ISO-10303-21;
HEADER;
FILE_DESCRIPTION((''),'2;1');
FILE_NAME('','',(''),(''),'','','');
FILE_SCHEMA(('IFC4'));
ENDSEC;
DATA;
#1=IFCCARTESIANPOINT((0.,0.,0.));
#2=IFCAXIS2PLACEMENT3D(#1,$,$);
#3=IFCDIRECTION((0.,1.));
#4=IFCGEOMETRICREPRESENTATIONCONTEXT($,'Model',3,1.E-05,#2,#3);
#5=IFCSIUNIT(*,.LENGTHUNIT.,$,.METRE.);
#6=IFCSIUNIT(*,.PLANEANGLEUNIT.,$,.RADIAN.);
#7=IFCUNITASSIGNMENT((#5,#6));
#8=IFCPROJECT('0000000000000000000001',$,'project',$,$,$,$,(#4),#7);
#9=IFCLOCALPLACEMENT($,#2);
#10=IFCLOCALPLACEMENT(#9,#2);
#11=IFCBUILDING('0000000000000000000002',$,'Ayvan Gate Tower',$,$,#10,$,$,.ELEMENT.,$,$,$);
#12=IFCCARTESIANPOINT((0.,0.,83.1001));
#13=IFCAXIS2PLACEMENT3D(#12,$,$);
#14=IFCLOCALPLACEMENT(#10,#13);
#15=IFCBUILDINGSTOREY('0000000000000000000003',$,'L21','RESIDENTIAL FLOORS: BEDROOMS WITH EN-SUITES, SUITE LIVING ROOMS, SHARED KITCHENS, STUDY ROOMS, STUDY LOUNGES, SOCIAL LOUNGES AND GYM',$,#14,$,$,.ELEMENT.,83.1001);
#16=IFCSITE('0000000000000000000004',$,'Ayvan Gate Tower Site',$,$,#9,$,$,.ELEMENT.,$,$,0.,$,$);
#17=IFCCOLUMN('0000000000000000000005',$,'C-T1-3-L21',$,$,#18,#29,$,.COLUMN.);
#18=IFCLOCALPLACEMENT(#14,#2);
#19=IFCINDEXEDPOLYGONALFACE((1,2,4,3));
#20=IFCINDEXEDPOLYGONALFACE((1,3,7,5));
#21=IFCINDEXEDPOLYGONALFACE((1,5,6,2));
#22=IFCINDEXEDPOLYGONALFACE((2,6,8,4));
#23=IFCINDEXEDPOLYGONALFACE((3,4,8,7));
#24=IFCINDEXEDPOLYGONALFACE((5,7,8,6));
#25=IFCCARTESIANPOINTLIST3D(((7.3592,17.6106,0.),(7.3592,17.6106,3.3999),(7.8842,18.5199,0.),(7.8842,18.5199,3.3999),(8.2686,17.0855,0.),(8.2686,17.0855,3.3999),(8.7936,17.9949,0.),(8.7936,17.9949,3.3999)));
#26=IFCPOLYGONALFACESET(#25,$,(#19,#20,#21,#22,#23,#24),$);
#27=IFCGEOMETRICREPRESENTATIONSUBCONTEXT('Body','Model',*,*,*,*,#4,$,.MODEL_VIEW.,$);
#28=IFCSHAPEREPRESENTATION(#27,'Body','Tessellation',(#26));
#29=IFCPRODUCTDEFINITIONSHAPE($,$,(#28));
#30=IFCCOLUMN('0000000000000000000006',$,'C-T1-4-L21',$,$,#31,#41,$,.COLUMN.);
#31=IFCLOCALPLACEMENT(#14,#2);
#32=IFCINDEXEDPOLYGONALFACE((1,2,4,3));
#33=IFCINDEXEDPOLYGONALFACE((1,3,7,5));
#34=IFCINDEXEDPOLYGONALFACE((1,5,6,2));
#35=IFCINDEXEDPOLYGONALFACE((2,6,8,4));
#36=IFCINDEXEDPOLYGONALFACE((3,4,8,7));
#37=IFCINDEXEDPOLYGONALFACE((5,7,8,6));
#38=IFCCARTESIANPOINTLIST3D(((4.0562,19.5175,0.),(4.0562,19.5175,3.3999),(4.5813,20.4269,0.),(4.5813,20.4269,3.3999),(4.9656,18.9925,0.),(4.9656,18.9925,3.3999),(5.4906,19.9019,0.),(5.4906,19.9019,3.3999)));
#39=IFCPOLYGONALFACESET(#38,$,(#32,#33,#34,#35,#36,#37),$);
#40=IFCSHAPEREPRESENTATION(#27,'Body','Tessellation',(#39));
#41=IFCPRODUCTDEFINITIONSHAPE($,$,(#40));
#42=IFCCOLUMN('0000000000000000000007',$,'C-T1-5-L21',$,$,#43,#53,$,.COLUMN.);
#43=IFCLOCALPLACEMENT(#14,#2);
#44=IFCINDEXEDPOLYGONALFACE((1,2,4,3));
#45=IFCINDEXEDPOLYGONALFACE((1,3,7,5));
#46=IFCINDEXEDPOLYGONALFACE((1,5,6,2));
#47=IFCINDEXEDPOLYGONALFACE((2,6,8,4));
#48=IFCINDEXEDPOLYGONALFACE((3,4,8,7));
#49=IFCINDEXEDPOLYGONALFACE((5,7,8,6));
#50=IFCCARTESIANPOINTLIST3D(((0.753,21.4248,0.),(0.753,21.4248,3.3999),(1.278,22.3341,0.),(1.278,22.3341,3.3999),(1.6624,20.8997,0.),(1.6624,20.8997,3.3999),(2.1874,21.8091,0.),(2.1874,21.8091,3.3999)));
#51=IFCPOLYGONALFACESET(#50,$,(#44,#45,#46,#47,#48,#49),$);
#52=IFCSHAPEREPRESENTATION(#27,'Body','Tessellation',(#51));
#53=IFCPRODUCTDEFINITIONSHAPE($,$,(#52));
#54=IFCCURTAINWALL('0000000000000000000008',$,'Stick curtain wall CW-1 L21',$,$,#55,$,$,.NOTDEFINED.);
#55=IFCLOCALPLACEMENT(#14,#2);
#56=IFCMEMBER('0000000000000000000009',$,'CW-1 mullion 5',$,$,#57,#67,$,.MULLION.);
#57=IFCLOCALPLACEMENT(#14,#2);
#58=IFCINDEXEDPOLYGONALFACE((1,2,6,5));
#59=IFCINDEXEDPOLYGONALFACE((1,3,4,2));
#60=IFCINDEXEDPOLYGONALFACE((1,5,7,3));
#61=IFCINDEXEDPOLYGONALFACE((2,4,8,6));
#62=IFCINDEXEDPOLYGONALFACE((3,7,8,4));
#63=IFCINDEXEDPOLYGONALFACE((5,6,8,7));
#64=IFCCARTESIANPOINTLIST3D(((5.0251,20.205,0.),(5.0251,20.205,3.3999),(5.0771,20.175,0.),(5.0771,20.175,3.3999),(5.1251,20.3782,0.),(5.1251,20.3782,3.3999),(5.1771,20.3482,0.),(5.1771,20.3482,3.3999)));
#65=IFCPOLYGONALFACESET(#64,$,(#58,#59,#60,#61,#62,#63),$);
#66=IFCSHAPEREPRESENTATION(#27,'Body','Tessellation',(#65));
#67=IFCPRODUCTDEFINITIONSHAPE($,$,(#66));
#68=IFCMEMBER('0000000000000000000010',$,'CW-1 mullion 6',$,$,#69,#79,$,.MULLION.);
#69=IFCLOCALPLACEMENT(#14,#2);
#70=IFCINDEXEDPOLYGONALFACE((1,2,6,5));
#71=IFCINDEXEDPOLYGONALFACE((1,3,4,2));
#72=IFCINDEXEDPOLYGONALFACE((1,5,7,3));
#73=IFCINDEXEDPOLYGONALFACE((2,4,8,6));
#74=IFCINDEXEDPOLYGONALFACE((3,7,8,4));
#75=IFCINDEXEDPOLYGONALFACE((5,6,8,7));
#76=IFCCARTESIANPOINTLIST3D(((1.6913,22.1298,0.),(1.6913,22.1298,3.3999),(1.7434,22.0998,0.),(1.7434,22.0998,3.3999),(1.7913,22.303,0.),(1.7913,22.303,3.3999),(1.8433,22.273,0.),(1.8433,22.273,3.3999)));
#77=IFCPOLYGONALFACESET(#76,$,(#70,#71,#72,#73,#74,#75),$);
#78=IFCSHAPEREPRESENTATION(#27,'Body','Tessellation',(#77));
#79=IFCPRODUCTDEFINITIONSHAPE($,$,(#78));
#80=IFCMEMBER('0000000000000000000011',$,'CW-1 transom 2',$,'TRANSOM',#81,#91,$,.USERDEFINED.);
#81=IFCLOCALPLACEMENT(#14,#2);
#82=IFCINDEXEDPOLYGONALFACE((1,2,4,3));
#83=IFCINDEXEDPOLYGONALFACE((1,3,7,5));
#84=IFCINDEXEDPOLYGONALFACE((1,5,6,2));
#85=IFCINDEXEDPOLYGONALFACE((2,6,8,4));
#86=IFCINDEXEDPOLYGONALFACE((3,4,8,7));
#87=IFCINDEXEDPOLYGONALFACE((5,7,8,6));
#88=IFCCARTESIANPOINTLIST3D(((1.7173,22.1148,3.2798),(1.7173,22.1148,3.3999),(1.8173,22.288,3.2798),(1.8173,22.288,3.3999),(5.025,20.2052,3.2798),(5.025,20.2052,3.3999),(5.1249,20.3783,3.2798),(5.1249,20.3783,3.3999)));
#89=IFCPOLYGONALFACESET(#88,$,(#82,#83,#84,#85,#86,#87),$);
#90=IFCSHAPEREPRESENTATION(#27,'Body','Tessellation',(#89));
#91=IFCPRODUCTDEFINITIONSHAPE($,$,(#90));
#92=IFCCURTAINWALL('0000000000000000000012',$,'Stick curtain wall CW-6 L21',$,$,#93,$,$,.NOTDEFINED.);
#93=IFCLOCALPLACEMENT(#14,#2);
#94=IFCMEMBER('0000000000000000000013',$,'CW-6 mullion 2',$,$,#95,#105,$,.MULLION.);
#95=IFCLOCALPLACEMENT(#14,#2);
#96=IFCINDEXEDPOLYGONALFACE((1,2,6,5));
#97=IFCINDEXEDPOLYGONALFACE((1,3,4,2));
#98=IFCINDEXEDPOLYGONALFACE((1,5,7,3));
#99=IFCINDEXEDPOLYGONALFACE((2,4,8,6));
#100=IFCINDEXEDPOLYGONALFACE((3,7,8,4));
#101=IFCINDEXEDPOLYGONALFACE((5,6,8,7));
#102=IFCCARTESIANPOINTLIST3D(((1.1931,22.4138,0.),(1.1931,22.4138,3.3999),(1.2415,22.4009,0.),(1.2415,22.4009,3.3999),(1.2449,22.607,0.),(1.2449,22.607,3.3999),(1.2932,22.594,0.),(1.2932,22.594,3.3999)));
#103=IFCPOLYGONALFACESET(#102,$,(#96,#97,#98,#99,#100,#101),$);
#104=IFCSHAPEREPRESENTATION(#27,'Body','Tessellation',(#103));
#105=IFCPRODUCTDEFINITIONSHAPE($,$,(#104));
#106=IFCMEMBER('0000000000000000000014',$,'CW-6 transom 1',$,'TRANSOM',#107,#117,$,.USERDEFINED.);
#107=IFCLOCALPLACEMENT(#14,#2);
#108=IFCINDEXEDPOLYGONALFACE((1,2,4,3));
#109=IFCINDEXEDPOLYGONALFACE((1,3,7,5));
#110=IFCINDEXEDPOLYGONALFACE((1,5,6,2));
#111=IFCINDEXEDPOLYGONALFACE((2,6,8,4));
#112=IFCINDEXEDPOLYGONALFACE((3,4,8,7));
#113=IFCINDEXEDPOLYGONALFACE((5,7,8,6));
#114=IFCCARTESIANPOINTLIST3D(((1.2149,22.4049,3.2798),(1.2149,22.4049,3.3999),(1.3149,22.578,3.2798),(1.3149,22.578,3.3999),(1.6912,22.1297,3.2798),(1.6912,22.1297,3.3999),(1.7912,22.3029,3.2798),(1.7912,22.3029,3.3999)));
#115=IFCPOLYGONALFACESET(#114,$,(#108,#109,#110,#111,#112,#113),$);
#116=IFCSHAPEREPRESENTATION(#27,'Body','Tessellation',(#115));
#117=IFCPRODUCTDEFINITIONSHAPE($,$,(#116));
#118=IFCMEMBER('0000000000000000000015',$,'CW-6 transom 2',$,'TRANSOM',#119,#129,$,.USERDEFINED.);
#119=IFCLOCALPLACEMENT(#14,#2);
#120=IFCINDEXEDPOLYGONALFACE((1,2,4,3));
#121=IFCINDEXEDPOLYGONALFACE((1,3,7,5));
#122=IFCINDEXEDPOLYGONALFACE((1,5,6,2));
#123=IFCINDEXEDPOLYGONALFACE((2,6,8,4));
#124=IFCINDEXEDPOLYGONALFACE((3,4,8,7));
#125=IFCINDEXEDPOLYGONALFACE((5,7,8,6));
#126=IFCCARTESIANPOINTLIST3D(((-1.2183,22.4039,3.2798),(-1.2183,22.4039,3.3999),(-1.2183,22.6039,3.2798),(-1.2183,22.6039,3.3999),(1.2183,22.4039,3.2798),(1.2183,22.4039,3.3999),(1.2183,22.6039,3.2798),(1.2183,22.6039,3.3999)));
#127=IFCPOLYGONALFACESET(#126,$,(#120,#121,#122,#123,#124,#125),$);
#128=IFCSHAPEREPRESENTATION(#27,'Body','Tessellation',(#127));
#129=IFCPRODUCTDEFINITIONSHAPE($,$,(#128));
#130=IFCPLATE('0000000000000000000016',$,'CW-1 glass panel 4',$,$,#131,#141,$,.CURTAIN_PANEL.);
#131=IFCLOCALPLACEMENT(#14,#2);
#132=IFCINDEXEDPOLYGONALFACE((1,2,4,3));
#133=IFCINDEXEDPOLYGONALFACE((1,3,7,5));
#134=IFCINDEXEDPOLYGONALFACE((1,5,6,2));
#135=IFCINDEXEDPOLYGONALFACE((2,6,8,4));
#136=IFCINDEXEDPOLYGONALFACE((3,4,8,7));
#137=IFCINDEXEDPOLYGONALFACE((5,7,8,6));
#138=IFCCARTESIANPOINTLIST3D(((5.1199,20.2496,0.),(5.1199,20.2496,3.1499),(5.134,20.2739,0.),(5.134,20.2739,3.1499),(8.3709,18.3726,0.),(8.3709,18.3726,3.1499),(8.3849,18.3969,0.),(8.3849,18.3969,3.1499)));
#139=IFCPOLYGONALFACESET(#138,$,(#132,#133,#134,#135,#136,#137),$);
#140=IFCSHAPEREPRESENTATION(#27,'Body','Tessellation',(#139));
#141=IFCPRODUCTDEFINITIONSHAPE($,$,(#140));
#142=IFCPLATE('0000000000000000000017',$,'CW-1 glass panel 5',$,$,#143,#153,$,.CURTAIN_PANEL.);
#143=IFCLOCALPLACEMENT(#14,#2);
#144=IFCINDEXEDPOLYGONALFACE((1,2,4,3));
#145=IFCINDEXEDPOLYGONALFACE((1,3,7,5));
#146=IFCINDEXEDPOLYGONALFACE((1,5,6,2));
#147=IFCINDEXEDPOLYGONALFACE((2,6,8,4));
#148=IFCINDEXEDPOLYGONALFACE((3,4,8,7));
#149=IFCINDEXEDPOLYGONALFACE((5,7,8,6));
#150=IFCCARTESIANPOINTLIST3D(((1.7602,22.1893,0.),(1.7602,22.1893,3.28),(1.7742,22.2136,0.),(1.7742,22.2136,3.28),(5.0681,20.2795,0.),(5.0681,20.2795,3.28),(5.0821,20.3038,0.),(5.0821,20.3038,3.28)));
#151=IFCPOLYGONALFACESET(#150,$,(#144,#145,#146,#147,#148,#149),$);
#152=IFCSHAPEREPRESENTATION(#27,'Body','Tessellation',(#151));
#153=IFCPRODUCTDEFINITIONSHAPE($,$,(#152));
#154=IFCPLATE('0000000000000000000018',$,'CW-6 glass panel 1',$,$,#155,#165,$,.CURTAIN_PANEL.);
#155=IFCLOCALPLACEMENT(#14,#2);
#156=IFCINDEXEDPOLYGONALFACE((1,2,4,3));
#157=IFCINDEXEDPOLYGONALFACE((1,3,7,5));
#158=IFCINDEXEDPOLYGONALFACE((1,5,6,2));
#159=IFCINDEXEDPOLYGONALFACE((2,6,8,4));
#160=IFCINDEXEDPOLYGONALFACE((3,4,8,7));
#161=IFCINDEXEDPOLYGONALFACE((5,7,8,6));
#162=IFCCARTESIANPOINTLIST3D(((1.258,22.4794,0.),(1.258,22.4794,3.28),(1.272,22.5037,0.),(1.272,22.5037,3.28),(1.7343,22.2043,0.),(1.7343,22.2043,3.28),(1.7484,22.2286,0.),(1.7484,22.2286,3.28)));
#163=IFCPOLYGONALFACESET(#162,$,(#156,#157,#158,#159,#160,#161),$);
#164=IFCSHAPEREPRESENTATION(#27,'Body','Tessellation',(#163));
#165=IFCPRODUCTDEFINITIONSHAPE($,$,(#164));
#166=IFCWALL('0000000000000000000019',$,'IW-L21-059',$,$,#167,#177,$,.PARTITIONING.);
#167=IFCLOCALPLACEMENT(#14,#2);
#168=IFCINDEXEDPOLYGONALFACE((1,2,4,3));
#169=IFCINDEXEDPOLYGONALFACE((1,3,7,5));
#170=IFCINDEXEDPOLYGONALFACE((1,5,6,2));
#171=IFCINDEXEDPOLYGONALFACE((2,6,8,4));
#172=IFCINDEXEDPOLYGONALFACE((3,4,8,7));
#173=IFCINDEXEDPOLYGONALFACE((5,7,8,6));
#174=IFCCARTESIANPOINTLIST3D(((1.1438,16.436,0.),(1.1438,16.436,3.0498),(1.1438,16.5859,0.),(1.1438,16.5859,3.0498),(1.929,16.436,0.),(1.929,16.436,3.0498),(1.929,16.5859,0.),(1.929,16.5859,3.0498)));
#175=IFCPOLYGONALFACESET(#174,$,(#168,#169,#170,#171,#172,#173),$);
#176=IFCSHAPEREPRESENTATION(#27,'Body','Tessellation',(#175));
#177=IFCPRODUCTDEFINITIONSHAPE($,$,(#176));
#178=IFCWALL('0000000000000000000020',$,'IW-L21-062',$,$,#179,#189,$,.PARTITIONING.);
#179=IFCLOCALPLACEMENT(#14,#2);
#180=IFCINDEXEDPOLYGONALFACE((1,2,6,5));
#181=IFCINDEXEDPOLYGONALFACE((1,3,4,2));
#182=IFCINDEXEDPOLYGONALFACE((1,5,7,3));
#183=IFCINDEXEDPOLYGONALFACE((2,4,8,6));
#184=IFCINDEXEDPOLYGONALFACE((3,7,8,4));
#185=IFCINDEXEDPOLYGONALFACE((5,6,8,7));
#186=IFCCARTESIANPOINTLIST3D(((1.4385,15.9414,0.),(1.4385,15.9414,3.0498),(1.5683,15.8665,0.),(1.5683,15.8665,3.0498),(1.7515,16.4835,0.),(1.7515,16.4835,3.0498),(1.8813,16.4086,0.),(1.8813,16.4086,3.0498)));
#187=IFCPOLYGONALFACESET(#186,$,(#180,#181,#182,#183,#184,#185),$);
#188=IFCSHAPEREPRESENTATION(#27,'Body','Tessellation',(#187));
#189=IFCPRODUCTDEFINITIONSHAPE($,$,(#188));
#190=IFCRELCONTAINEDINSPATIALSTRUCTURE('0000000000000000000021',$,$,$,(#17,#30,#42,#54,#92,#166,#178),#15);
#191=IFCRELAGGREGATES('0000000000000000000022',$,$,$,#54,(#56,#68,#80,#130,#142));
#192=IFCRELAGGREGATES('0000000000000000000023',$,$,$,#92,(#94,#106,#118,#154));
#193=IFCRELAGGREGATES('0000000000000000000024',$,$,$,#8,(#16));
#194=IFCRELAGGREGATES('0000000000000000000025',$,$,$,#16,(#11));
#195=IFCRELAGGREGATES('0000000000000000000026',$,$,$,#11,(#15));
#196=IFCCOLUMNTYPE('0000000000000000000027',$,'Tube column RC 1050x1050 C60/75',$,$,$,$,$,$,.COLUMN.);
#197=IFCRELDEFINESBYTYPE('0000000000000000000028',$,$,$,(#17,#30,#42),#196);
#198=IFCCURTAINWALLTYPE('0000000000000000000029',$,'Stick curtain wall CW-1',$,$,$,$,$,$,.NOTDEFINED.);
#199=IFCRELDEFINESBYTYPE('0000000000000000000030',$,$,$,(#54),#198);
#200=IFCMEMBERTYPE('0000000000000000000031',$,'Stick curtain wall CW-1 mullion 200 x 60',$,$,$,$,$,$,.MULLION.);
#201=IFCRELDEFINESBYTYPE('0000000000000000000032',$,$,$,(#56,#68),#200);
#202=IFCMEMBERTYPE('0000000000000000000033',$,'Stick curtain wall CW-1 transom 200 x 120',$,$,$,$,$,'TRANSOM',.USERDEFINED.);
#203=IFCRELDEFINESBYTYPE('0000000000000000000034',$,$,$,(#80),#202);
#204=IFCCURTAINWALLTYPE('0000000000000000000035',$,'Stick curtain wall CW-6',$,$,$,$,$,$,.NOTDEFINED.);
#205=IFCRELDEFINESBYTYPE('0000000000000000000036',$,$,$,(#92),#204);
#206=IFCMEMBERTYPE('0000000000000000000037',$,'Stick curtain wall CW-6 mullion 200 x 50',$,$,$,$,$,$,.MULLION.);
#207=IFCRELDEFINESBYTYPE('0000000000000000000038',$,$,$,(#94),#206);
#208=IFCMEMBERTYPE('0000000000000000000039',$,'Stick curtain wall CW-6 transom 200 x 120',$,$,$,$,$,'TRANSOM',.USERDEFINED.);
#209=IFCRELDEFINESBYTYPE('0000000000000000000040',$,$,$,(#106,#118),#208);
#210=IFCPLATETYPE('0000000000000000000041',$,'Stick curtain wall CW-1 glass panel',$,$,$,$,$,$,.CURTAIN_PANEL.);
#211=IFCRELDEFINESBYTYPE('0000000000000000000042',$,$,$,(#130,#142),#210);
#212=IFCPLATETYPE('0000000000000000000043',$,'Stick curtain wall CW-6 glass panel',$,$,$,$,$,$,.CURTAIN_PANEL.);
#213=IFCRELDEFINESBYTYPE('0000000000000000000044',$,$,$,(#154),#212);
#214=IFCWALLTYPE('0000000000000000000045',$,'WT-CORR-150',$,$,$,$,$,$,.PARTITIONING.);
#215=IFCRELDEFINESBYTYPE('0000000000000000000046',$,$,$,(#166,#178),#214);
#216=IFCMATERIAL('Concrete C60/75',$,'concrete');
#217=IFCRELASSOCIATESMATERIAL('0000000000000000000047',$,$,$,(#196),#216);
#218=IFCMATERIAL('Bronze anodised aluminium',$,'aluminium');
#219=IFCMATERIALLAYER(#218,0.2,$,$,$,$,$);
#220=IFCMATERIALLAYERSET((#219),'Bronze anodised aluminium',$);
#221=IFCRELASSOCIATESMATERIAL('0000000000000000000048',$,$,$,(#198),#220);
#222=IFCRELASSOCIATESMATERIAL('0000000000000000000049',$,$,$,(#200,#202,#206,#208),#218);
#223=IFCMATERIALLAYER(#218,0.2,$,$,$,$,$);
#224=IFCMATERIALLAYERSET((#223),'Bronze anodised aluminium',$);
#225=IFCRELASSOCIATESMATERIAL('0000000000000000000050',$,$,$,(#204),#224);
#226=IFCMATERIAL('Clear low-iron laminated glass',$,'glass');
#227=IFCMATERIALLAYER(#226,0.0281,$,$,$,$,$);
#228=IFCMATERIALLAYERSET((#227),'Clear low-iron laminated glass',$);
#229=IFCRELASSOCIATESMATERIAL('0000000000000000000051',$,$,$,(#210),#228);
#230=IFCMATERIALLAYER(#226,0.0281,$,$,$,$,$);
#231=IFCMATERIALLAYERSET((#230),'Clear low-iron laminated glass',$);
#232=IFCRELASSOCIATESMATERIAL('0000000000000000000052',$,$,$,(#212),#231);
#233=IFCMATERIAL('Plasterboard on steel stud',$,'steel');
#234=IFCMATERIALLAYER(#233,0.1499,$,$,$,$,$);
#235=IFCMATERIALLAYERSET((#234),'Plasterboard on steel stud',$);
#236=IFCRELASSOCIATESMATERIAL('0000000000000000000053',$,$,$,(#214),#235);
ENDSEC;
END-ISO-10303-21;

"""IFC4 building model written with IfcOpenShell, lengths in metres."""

from ifc_helpers import new_model, si_unit, direction, frame, frame_2d, origin, origin_2d, place, context, subcontext, project, spatial, rectangle, extrude, material, layer, layer_set, material_profile, profile_set, type_object, element, aggregate, save


model = new_model("IFC4")

# Units and contexts
model_context = context("Model", 3, precision=1e-05, world=origin(), true_north=direction((0.0, 1.0)))
body_context = subcontext(model_context, "Body", "Model", "MODEL_VIEW")
ifc_project = project(units=[si_unit("LENGTHUNIT", "METRE"), si_unit("PLANEANGLEUNIT", "RADIAN")], contexts=[model_context])

# Site, building, storey
site_placement = place(None, origin())
site = spatial("IfcSite", under=ifc_project, at=site_placement, Name="Ayvan Gate Tower Site", CompositionType="ELEMENT", RefElevation=0.0)
building_placement = place(site_placement, origin())
building = spatial("IfcBuilding", under=site, at=building_placement, Name="Ayvan Gate Tower", CompositionType="ELEMENT")
storey_placement = place(building_placement, frame((0.0, 0.0, 83.1001)))
storey = spatial("IfcBuildingStorey", under=building, at=storey_placement, Name="L21", Description="RESIDENTIAL FLOORS: BEDROOMS WITH EN-SUITES, SUITE LIVING ROOMS, SHARED KITCHENS, STUDY ROOMS, STUDY LOUNGES, SOCIAL LOUNGES AND GYM", CompositionType="ELEMENT", Elevation=83.1001)

# Columns
ifc_material_1 = material(Name="Concrete C60/75", Category="concrete")
ifc_material_profile_1 = material_profile(ifc_material_1, rectangle(XDim=1.05, YDim=1.05, at=origin_2d()), Name="RC 1050x1050")
ifc_profile_set_1 = profile_set([ifc_material_profile_1], Name="Concrete C60/75")
column_type = type_object("IfcColumnType", Name="Tube column RC 1050x1050 C60/75", PredefinedType="COLUMN", material=ifc_profile_set_1)
for number, where, z_axis, x_axis, name in (
    (1, (8.0764, 17.8027, 0.0), (0.0, 0.0, 1.0), (0.5, 0.866025, 0.0), "C-T1-3-L21"),
    (2, (4.7734, 19.7097, 0.0), (0.0, 0.0, 1.0), (0.5, 0.866025, 0.0), "C-T1-4-L21"),
    (3, (1.4702, 21.6169, 0.0), (0.0, 0.0, 1.0), (0.5, 0.866025, 0.0), "C-T1-5-L21"),
):
    element("IfcColumn", number, at=place(storey_placement, frame(where, z_axis=z_axis, x_axis=x_axis)), inside=storey, type_object=column_type, Name=name, PredefinedType="COLUMN", context=body_context, shape_type="SweptSolid", body=[
        extrude(rectangle(XDim=1.05, YDim=1.05, at=origin_2d()), origin(), (0.0, 0.0, 1.0), 3.3999),
    ])

# Curtain walls, members
ifc_material_2 = material(Name="Bronze anodised aluminium", Category="aluminium")
ifc_layer_1 = layer(ifc_material_2, 0.2)
ifc_layer_set_1 = layer_set([ifc_layer_1], Name="Bronze anodised aluminium")
curtain_wall_type_1 = type_object("IfcCurtainWallType", Name="Stick curtain wall CW-1", PredefinedType="NOTDEFINED", material=ifc_layer_set_1)
curtain_wall_1_placement = place(storey_placement, origin())
curtain_wall_1 = element("IfcCurtainWall", 4, at=curtain_wall_1_placement, inside=storey, type_object=curtain_wall_type_1, Name="Stick curtain wall CW-1 L21", PredefinedType="NOTDEFINED")
ifc_material_profile_2 = material_profile(ifc_material_2, rectangle(XDim=0.2, YDim=0.0601, at=origin_2d()), Name="Stick curtain wall CW-1 mullion 200 x 60")
ifc_profile_set_2 = profile_set([ifc_material_profile_2], Name="Bronze anodised aluminium")
member_type_1 = type_object("IfcMemberType", Name="Stick curtain wall CW-1 mullion 200 x 60", PredefinedType="MULLION", material=ifc_profile_set_2)
member_1_placement = place(storey_placement, frame((5.1011, 20.2766, 0.0), z_axis=(0.0, 0.0, 1.0), x_axis=(0.5, 0.866025, 0.0)))
member_1 = element("IfcMember", 5, at=member_1_placement, type_object=member_type_1, Name="CW-1 mullion 5", PredefinedType="MULLION", context=body_context, shape_type="SweptSolid", body=[
    extrude(rectangle(XDim=0.2, YDim=0.0601, at=origin_2d()), origin(), (0.0, 0.0, 1.0), 3.3999),
])
member_2_placement = place(storey_placement, frame((1.7673, 22.2014, 0.0), z_axis=(0.0, 0.0, 1.0), x_axis=(0.5, 0.866025, 0.0)))
member_2 = element("IfcMember", 6, at=member_2_placement, type_object=member_type_1, Name="CW-1 mullion 6", PredefinedType="MULLION", context=body_context, shape_type="SweptSolid", body=[
    extrude(rectangle(XDim=0.2, YDim=0.0601, at=origin_2d()), origin(), (0.0, 0.0, 1.0), 3.3999),
])
ifc_material_profile_3 = material_profile(ifc_material_2, rectangle(XDim=0.2, YDim=0.1201, at=origin_2d()), Name="Stick curtain wall CW-1 transom 200 x 120")
ifc_profile_set_3 = profile_set([ifc_material_profile_3], Name="Bronze anodised aluminium")
member_type_2 = type_object("IfcMemberType", Name="Stick curtain wall CW-1 transom 200 x 120", ElementType="TRANSOM", PredefinedType="USERDEFINED", material=ifc_profile_set_3)
member_3_placement = place(storey_placement, frame((5.075, 20.2917, 3.3398), z_axis=(-0.866024, 0.500003, 0.0), x_axis=(-0.500003, -0.866024, 0.0)))
member_3 = element("IfcMember", 7, at=member_3_placement, type_object=member_type_2, Name="CW-1 transom 2", ObjectType="TRANSOM", PredefinedType="USERDEFINED", context=body_context, shape_type="SweptSolid", body=[
    extrude(rectangle(XDim=0.2, YDim=0.1201, at=origin_2d()), origin(), (0.0, 0.0, 1.0), 3.8193),
])
ifc_layer_2 = layer(ifc_material_2, 0.2)
ifc_layer_set_2 = layer_set([ifc_layer_2], Name="Bronze anodised aluminium")
curtain_wall_type_2 = type_object("IfcCurtainWallType", Name="Stick curtain wall CW-6", PredefinedType="NOTDEFINED", material=ifc_layer_set_2)
curtain_wall_2_placement = place(storey_placement, origin())
curtain_wall_2 = element("IfcCurtainWall", 8, at=curtain_wall_2_placement, inside=storey, type_object=curtain_wall_type_2, Name="Stick curtain wall CW-6 L21", PredefinedType="NOTDEFINED")
ifc_material_profile_4 = material_profile(ifc_material_2, rectangle(XDim=0.2, YDim=0.05, at=origin_2d()), Name="Stick curtain wall CW-6 mullion 200 x 50")
ifc_profile_set_4 = profile_set([ifc_material_profile_4], Name="Bronze anodised aluminium")
member_type_3 = type_object("IfcMemberType", Name="Stick curtain wall CW-6 mullion 200 x 50", PredefinedType="MULLION", material=ifc_profile_set_4)
member_4_placement = place(storey_placement, frame((1.2432, 22.5039, 0.0), z_axis=(0.0, 0.0, 1.0), x_axis=(0.258819, 0.965926, 0.0)))
member_4 = element("IfcMember", 9, at=member_4_placement, type_object=member_type_3, Name="CW-6 mullion 2", PredefinedType="MULLION", context=body_context, shape_type="SweptSolid", body=[
    extrude(rectangle(XDim=0.2, YDim=0.05, at=origin_2d()), origin(), (0.0, 0.0, 1.0), 3.3999),
])
ifc_material_profile_5 = material_profile(ifc_material_2, rectangle(XDim=0.2, YDim=0.1201, at=origin_2d()), Name="Stick curtain wall CW-6 transom 200 x 120")
ifc_profile_set_5 = profile_set([ifc_material_profile_5], Name="Bronze anodised aluminium")
member_type_4 = type_object("IfcMemberType", Name="Stick curtain wall CW-6 transom 200 x 120", ElementType="TRANSOM", PredefinedType="USERDEFINED", material=ifc_profile_set_5)
member_5_placement = place(storey_placement, frame((1.7412, 22.2163, 3.3398), z_axis=(-0.865912, 0.500196, 0.0), x_axis=(-0.500196, -0.865912, 0.0)))
member_5 = element("IfcMember", 10, at=member_5_placement, type_object=member_type_4, Name="CW-6 transom 1", ObjectType="TRANSOM", PredefinedType="USERDEFINED", context=body_context, shape_type="SweptSolid", body=[
    extrude(rectangle(XDim=0.2, YDim=0.1201, at=origin_2d()), origin(), (0.0, 0.0, 1.0), 0.55),
])
member_6_placement = place(storey_placement, frame((1.2183, 22.5039, 3.3398), z_axis=(-1.0, 0.0, 0.0), x_axis=(0.0, -1.0, 0.0)))
member_6 = element("IfcMember", 11, at=member_6_placement, type_object=member_type_4, Name="CW-6 transom 2", ObjectType="TRANSOM", PredefinedType="USERDEFINED", context=body_context, shape_type="SweptSolid", body=[
    extrude(rectangle(XDim=0.2, YDim=0.1201, at=origin_2d()), origin(), (0.0, 0.0, 1.0), 2.4365),
])

# Plates
ifc_material_3 = material(Name="Clear low-iron laminated glass", Category="glass")
ifc_layer_3 = layer(ifc_material_3, 0.0281)
ifc_layer_set_3 = layer_set([ifc_layer_3], Name="Clear low-iron laminated glass")
plate_type_1 = type_object("IfcPlateType", Name="Stick curtain wall CW-1 glass panel", PredefinedType="CURTAIN_PANEL", material=ifc_layer_set_3)
plate_1_placement = place(storey_placement, frame((6.7524, 19.3232, 0.0), z_axis=(0.0, 0.0, 1.0), x_axis=(-0.866025, 0.5, 0.0)))
plate_1 = element("IfcPlate", 12, at=plate_1_placement, type_object=plate_type_1, Name="CW-1 glass panel 4", PredefinedType="CURTAIN_PANEL", context=body_context, shape_type="SweptSolid", body=[
    extrude(rectangle(XDim=3.7539, YDim=0.0281, at=origin_2d()), origin(), (0.0, 0.0, 1.0), 3.1499),
])
plate_2_placement = place(storey_placement, frame((3.4211, 21.2466, 0.0), z_axis=(0.0, 0.0, 1.0), x_axis=(-0.866025, 0.5, 0.0)))
plate_2 = element("IfcPlate", 13, at=plate_2_placement, type_object=plate_type_1, Name="CW-1 glass panel 5", PredefinedType="CURTAIN_PANEL", context=body_context, shape_type="SweptSolid", body=[
    extrude(rectangle(XDim=3.8196, YDim=0.0281, at=origin_2d()), origin(), (0.0, 0.0, 1.0), 3.28),
])
aggregate(curtain_wall_1, [member_1, member_2, member_3, plate_1, plate_2])
ifc_layer_4 = layer(ifc_material_3, 0.0281)
ifc_layer_set_4 = layer_set([ifc_layer_4], Name="Clear low-iron laminated glass")
plate_type_2 = type_object("IfcPlateType", Name="Stick curtain wall CW-6 glass panel", PredefinedType="CURTAIN_PANEL", material=ifc_layer_set_4)
plate_3_placement = place(storey_placement, frame((1.5032, 22.354, 0.0), z_axis=(0.0, 0.0, 1.0), x_axis=(-0.866025, 0.5, 0.0)))
plate_3 = element("IfcPlate", 14, at=plate_3_placement, type_object=plate_type_2, Name="CW-6 glass panel 1", PredefinedType="CURTAIN_PANEL", context=body_context, shape_type="SweptSolid", body=[
    extrude(rectangle(XDim=0.55, YDim=0.0281, at=origin_2d()), origin(), (0.0, 0.0, 1.0), 3.28),
])
aggregate(curtain_wall_2, [member_4, member_5, member_6, plate_3])

# Walls
ifc_material_4 = material(Name="Plasterboard on steel stud", Category="steel")
ifc_layer_5 = layer(ifc_material_4, 0.1499)
ifc_layer_set_5 = layer_set([ifc_layer_5], Name="Plasterboard on steel stud")
wall_type_1 = type_object("IfcWallType", Name="WT-CORR-150", PredefinedType="PARTITIONING", material=ifc_layer_set_5)
wall_1_placement = place(storey_placement, frame((1.1438, 16.511, 0.0), z_axis=(0.0, 0.0, 1.0), x_axis=(1.0, 0.0, 0.0)))
element("IfcWall", 15, at=wall_1_placement, inside=storey, type_object=wall_type_1, Name="IW-L21-059", PredefinedType="PARTITIONING", context=body_context, shape_type="SweptSolid", body=[
    extrude(rectangle(XDim=0.7852, YDim=0.1499, at=frame_2d((0.3926, 0.0))), origin(), (0.0, 0.0, 1.0), 3.0498),
])
wall_2_placement = place(storey_placement, frame((1.8164, 16.446, 0.0), z_axis=(0.0, 0.0, 1.0), x_axis=(-0.500083, -0.865978, 0.0)))
element("IfcWall", 16, at=wall_2_placement, inside=storey, type_object=wall_type_1, Name="IW-L21-062", PredefinedType="PARTITIONING", context=body_context, shape_type="SweptSolid", body=[
    extrude(rectangle(XDim=0.626, YDim=0.1499, at=frame_2d((0.313, 0.0))), origin(), (0.0, 0.0, 1.0), 3.0498),
])

save(model, "model.ifc")
